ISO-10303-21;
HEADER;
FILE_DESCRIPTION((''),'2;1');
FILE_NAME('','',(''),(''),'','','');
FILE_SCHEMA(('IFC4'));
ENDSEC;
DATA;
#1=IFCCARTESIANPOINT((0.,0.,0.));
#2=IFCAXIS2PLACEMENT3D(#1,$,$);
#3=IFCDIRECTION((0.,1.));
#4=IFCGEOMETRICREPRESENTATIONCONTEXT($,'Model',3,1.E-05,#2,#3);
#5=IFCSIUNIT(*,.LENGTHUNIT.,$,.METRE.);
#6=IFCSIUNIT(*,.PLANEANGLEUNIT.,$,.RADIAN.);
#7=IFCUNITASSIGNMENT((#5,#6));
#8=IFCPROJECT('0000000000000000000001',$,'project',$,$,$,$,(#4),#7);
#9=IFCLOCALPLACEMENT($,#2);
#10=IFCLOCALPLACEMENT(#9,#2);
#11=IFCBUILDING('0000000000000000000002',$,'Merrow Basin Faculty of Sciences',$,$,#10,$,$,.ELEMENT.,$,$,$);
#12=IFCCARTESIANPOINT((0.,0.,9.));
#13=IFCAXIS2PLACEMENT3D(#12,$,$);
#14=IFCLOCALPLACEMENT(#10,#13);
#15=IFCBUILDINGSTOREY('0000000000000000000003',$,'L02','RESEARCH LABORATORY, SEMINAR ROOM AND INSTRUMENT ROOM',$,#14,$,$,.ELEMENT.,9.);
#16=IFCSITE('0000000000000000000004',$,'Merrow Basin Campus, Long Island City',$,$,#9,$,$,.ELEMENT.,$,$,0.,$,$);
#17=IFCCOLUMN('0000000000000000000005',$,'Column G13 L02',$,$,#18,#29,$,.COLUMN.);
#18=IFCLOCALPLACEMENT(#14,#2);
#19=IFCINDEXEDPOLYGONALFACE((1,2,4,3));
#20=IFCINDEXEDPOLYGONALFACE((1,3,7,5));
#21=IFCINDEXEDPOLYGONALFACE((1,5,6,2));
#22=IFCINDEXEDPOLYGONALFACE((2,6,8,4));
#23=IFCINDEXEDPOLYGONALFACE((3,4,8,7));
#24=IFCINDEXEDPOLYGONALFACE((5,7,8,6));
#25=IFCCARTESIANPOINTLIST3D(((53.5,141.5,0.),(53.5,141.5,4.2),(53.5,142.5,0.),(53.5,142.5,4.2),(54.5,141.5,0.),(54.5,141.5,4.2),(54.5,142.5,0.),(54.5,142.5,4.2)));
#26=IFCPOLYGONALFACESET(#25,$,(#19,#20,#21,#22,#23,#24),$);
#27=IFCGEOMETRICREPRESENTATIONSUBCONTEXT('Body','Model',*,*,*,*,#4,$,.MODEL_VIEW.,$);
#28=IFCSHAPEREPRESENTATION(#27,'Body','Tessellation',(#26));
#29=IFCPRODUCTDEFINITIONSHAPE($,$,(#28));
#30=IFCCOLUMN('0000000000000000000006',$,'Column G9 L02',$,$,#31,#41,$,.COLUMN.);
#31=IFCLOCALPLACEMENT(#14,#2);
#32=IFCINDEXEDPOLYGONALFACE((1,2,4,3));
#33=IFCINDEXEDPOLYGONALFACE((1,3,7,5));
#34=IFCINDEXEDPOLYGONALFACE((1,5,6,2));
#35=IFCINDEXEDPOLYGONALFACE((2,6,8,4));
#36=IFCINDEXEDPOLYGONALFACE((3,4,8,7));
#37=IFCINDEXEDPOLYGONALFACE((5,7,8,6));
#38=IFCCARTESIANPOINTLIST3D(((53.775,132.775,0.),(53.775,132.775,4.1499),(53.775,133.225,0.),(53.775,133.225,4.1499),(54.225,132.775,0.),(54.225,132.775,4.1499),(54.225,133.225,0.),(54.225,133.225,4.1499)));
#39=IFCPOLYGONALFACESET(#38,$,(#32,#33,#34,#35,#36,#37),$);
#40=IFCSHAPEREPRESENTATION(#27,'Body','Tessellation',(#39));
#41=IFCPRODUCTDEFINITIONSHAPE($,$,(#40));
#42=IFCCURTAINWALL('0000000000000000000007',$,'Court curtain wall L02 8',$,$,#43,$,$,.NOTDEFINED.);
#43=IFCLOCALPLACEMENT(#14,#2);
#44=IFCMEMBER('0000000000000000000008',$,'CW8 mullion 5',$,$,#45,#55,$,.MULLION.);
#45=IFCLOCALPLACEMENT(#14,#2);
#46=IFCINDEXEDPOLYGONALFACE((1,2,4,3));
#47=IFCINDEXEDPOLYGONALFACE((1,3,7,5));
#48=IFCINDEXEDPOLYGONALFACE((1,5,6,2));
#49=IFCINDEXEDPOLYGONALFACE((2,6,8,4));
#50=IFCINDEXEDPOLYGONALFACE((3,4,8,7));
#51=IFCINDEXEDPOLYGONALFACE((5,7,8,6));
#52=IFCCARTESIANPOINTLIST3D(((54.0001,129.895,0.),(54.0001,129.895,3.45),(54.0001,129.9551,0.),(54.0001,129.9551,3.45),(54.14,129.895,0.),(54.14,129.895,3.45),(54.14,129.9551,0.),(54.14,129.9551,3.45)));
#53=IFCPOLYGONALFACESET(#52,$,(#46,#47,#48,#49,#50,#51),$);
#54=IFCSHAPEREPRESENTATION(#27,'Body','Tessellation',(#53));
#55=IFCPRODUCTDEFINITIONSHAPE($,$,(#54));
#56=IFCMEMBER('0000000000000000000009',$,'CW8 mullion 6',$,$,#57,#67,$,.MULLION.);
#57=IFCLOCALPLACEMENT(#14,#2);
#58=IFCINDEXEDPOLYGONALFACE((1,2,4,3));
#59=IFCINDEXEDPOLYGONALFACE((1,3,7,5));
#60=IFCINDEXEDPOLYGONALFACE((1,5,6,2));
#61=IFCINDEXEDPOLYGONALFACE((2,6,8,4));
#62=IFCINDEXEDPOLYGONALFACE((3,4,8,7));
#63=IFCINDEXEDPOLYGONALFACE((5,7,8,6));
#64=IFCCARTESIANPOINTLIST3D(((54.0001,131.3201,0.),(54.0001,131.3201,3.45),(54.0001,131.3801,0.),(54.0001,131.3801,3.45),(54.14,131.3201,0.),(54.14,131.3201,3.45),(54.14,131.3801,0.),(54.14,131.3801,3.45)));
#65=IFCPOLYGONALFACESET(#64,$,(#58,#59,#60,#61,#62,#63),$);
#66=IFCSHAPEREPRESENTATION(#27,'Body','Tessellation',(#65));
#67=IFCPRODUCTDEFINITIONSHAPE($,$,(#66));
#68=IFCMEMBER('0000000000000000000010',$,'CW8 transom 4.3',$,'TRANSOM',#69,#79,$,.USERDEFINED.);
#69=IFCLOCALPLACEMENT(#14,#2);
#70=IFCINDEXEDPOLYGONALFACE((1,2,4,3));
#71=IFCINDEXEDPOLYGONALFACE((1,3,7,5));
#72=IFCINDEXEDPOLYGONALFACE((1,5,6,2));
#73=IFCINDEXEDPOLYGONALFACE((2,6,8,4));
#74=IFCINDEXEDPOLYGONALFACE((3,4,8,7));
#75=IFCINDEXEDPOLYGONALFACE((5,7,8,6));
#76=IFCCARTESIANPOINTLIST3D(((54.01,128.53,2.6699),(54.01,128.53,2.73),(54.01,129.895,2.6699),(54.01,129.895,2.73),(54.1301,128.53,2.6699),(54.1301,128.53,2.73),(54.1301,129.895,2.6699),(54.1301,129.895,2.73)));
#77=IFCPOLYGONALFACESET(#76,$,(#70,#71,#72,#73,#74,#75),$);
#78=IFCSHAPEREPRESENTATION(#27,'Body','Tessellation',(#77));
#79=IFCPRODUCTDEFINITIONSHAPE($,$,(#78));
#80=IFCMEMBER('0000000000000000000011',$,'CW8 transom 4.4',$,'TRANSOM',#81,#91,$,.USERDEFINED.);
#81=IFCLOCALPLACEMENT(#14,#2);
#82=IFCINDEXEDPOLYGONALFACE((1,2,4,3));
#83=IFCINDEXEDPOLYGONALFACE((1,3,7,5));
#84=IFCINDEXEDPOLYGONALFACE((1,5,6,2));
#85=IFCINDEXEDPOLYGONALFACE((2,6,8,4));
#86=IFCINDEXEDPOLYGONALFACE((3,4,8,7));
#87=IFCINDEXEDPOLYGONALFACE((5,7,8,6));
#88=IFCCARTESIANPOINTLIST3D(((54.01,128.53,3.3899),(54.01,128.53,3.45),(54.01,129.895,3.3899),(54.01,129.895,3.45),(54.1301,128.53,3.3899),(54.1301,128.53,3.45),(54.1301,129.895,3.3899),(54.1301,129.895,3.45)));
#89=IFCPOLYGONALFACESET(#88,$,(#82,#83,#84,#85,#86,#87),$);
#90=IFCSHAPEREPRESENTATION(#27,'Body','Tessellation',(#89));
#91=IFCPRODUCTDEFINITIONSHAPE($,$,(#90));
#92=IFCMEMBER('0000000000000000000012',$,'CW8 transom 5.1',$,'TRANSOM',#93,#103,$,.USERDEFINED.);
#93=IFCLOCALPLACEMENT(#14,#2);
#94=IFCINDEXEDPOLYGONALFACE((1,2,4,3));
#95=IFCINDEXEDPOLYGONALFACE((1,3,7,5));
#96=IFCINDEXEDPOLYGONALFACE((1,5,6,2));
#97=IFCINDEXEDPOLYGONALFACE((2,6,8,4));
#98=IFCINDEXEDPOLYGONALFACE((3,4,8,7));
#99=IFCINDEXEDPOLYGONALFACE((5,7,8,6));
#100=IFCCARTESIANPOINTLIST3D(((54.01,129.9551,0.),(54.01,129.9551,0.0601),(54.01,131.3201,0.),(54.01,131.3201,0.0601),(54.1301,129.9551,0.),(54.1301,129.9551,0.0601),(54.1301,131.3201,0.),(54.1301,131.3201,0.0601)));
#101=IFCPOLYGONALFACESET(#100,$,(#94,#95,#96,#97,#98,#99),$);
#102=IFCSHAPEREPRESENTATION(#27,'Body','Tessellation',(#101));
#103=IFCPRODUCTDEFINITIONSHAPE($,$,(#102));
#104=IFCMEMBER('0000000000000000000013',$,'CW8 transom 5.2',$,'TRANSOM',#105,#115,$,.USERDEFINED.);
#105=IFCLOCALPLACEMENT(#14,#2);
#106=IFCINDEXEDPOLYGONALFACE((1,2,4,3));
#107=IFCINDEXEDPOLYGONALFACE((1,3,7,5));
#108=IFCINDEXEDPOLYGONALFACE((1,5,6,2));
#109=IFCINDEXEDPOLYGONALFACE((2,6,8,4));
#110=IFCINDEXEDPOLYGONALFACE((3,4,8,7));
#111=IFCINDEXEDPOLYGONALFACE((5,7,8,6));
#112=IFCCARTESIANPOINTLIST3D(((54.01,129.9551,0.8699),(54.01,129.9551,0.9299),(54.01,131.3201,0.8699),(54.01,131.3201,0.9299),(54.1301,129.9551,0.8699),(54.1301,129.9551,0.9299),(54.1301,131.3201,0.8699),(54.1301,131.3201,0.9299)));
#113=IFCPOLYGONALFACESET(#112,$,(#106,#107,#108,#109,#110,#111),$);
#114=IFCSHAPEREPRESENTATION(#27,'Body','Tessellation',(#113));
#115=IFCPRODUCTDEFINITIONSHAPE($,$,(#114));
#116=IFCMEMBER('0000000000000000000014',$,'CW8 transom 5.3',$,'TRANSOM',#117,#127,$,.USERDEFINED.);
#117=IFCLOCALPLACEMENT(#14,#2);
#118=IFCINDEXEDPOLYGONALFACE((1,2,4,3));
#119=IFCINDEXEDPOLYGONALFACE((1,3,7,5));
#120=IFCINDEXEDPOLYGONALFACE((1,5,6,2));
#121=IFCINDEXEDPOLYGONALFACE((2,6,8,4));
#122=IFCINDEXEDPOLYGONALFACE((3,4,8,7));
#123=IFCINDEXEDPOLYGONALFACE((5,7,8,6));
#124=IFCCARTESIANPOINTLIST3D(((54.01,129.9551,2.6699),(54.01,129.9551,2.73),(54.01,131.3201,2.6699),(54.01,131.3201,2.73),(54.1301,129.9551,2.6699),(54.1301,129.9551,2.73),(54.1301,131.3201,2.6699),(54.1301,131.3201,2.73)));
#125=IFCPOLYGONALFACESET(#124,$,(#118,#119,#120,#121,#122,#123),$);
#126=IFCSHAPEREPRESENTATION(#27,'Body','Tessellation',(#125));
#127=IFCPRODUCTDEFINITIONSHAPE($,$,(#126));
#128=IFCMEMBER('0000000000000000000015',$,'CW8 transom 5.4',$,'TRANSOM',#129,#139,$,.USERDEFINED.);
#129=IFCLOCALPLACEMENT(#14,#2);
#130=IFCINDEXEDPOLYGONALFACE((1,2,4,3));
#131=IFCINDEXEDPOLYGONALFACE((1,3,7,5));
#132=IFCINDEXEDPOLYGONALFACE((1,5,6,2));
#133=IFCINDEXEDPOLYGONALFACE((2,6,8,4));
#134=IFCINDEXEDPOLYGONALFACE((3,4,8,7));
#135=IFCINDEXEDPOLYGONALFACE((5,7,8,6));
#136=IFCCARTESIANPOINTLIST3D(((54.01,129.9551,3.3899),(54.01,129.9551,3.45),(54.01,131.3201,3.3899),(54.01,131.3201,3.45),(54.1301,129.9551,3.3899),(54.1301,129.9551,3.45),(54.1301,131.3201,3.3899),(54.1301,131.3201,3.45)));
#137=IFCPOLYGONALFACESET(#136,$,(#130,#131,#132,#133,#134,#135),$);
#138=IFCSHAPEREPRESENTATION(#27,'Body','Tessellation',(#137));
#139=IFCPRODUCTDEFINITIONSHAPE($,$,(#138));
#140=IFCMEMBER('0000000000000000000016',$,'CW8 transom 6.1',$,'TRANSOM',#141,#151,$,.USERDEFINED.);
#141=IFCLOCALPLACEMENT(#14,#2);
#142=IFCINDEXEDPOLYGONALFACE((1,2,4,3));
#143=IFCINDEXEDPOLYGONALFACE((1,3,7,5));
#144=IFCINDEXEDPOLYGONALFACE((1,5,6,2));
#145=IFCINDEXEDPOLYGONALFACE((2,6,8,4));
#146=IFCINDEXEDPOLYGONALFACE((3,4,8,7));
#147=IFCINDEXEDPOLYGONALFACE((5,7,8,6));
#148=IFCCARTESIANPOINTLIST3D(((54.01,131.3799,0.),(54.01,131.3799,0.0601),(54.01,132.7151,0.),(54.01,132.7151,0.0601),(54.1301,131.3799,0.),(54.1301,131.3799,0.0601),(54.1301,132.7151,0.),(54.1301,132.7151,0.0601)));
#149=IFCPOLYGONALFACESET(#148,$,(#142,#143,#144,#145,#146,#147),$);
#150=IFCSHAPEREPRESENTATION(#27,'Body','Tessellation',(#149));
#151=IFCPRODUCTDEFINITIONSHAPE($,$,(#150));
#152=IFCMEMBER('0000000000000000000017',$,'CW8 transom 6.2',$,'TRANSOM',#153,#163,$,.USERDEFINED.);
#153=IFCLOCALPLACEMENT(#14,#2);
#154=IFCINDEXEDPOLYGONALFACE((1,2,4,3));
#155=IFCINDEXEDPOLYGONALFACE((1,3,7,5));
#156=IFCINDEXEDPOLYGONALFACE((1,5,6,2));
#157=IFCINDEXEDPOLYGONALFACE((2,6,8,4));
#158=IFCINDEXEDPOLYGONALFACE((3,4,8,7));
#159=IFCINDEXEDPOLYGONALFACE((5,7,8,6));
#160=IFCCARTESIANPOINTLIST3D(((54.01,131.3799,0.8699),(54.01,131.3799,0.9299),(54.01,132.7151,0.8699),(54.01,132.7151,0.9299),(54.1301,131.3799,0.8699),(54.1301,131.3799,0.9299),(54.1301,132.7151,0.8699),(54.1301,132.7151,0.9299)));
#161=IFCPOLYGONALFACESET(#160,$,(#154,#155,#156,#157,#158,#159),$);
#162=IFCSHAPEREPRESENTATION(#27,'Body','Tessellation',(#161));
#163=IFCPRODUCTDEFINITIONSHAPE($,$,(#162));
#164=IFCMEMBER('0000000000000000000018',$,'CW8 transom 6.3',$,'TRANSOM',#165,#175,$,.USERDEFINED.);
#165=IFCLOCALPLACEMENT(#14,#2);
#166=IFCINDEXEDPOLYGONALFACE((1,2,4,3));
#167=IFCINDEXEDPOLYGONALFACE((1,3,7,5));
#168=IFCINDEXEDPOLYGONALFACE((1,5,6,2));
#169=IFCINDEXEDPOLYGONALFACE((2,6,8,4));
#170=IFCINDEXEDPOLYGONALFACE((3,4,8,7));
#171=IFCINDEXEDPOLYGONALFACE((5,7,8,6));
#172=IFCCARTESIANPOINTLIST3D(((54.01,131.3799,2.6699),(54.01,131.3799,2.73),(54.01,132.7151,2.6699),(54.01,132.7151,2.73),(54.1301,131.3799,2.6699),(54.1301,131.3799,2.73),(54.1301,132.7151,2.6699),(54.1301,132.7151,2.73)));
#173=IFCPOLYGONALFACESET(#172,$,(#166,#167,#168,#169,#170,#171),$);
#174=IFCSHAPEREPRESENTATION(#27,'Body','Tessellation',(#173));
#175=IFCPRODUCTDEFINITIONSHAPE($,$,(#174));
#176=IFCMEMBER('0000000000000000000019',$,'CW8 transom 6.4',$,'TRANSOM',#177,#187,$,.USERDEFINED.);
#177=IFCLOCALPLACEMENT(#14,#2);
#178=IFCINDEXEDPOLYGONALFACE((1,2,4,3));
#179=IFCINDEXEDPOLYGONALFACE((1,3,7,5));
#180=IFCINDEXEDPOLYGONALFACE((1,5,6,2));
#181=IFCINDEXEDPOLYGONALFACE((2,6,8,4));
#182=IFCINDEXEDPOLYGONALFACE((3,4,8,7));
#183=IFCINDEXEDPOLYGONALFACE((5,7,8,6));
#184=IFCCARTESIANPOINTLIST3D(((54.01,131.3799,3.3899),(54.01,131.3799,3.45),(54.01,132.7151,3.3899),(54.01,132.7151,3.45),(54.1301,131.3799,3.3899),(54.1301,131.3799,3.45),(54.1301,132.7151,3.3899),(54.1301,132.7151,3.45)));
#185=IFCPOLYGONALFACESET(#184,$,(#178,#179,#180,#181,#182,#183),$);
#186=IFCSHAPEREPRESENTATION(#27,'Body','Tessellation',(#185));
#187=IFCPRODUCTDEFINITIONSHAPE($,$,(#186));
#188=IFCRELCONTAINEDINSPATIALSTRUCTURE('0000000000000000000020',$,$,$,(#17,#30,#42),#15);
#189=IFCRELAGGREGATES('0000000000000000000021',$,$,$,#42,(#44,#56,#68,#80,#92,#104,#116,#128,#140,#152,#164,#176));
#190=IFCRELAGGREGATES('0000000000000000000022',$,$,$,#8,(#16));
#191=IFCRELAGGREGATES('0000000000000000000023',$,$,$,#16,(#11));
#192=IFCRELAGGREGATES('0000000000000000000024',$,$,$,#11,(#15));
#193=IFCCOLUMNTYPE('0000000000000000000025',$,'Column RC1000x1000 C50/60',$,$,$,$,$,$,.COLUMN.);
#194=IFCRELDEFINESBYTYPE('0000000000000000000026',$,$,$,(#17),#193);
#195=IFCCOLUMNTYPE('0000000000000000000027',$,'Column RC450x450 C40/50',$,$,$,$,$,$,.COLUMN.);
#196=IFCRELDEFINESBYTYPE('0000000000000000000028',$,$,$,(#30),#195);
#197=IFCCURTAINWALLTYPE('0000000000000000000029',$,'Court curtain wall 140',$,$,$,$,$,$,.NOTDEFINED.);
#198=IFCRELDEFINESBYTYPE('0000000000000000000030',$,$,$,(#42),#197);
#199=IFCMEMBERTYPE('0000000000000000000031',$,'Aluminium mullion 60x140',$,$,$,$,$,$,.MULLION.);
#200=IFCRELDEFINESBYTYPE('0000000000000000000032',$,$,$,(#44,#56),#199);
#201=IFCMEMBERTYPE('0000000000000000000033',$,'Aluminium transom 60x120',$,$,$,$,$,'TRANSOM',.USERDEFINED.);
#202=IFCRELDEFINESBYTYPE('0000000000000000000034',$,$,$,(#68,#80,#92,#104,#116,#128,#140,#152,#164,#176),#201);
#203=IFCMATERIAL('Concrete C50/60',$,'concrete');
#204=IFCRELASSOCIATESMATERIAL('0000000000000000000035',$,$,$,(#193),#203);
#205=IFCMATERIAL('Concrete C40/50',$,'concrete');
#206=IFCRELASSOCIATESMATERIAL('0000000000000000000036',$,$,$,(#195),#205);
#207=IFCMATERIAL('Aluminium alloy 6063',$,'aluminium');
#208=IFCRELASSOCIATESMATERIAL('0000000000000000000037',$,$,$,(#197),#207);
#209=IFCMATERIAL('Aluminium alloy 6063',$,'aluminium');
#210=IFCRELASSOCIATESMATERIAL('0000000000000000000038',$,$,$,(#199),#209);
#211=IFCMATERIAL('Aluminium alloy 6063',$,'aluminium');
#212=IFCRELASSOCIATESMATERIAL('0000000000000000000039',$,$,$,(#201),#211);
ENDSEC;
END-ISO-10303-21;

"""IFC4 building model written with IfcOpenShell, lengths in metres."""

from ifc_helpers import new_model, si_unit, direction, frame, origin, origin_2d, place, context, subcontext, project, spatial, rectangle, extrude, material, material_profile, profile_set, type_object, element, aggregate, save


model = new_model("IFC4")

# Units and contexts
model_context = context("Model", 3, precision=1e-05, world=origin(), true_north=direction((0.0, 1.0)))
body_context = subcontext(model_context, "Body", "Model", "MODEL_VIEW")
ifc_project = project(units=[si_unit("LENGTHUNIT", "METRE"), si_unit("PLANEANGLEUNIT", "RADIAN")], contexts=[model_context])

# Site, building, storey
site_placement = place(None, origin())
site = spatial("IfcSite", under=ifc_project, at=site_placement, Name="Merrow Basin Campus, Long Island City", CompositionType="ELEMENT", RefElevation=0.0)
building_placement = place(site_placement, origin())
building = spatial("IfcBuilding", under=site, at=building_placement, Name="Merrow Basin Faculty of Sciences", CompositionType="ELEMENT")
storey_placement = place(building_placement, frame((0.0, 0.0, 9.0)))
storey = spatial("IfcBuildingStorey", under=building, at=storey_placement, Name="L02", Description="RESEARCH LABORATORY, SEMINAR ROOM AND INSTRUMENT ROOM", CompositionType="ELEMENT", Elevation=9.0)

# Columns
ifc_material_1 = material(Name="Concrete C50/60", Category="concrete")
ifc_material_profile_1 = material_profile(ifc_material_1, rectangle(XDim=1.0, YDim=1.0, at=origin_2d()))
ifc_profile_set_1 = profile_set([ifc_material_profile_1], Name="Concrete C50/60")
column_type_1 = type_object("IfcColumnType", Name="Column RC1000x1000 C50/60", PredefinedType="COLUMN", material=ifc_profile_set_1)
column_1_placement = place(storey_placement, frame((54.0, 142.0, 0.0), z_axis=(0.0, 0.0, 1.0), x_axis=(1.0, 0.0, 0.0)))
element("IfcColumn", 1, at=column_1_placement, inside=storey, type_object=column_type_1, Name="Column G13 L02", PredefinedType="COLUMN", context=body_context, shape_type="SweptSolid", body=[
    extrude(rectangle(XDim=1.0, YDim=1.0, at=origin_2d()), origin(), (0.0, 0.0, 1.0), 4.2),
])
ifc_material_2 = material(Name="Concrete C40/50", Category="concrete")
ifc_material_profile_2 = material_profile(ifc_material_2, rectangle(XDim=0.45, YDim=0.45, at=origin_2d()))
ifc_profile_set_2 = profile_set([ifc_material_profile_2], Name="Concrete C40/50")
column_type_2 = type_object("IfcColumnType", Name="Column RC450x450 C40/50", PredefinedType="COLUMN", material=ifc_profile_set_2)
column_2_placement = place(storey_placement, frame((54.0, 133.0, 0.0), z_axis=(0.0, 0.0, 1.0), x_axis=(1.0, 0.0, 0.0)))
element("IfcColumn", 2, at=column_2_placement, inside=storey, type_object=column_type_2, Name="Column G9 L02", PredefinedType="COLUMN", context=body_context, shape_type="SweptSolid", body=[
    extrude(rectangle(XDim=0.45, YDim=0.45, at=origin_2d()), origin(), (0.0, 0.0, 1.0), 4.1499),
])

# Curtain wall, members
ifc_material_3 = material(Name="Aluminium alloy 6063", Category="aluminium")
curtain_wall_type = type_object("IfcCurtainWallType", Name="Court curtain wall 140", PredefinedType="NOTDEFINED", material=ifc_material_3)
curtain_wall_placement = place(storey_placement, origin())
curtain_wall = element("IfcCurtainWall", 3, at=curtain_wall_placement, inside=storey, type_object=curtain_wall_type, Name="Court curtain wall L02 8", PredefinedType="NOTDEFINED")
ifc_material_4 = material(Name="Aluminium alloy 6063", Category="aluminium")
ifc_material_profile_3 = material_profile(ifc_material_4, rectangle(XDim=0.1399, YDim=0.0601, at=origin_2d()))
ifc_profile_set_3 = profile_set([ifc_material_profile_3], Name="Aluminium alloy 6063")
member_type_1 = type_object("IfcMemberType", Name="Aluminium mullion 60x140", PredefinedType="MULLION", material=ifc_profile_set_3)
member_1_placement = place(storey_placement, frame((54.0701, 129.925, 0.0), z_axis=(0.0, 0.0, 1.0), x_axis=(-1.0, 0.0, 0.0)))
member_1 = element("IfcMember", 4, at=member_1_placement, type_object=member_type_1, Name="CW8 mullion 5", PredefinedType="MULLION", context=body_context, shape_type="SweptSolid", body=[
    extrude(rectangle(XDim=0.1399, YDim=0.0601, at=origin_2d()), origin(), (0.0, 0.0, 1.0), 3.45),
])
member_2_placement = place(storey_placement, frame((54.0701, 131.3501, 0.0), z_axis=(0.0, 0.0, 1.0), x_axis=(-1.0, 0.0, 0.0)))
member_2 = element("IfcMember", 5, at=member_2_placement, type_object=member_type_1, Name="CW8 mullion 6", PredefinedType="MULLION", context=body_context, shape_type="SweptSolid", body=[
    extrude(rectangle(XDim=0.1399, YDim=0.0601, at=origin_2d()), origin(), (0.0, 0.0, 1.0), 3.45),
])
ifc_material_5 = material(Name="Aluminium alloy 6063", Category="aluminium")
ifc_material_profile_4 = material_profile(ifc_material_5, rectangle(XDim=0.1201, YDim=0.0601, at=origin_2d()))
ifc_profile_set_4 = profile_set([ifc_material_profile_4], Name="Aluminium alloy 6063")
member_type_2 = type_object("IfcMemberType", Name="Aluminium transom 60x120", ElementType="TRANSOM", PredefinedType="USERDEFINED", material=ifc_profile_set_4)
member_3_placement = place(storey_placement, frame((54.0701, 128.53, 2.7), z_axis=(0.0, 1.0, 0.0), x_axis=(-1.0, 0.0, 0.0)))
member_3 = element("IfcMember", 6, at=member_3_placement, type_object=member_type_2, Name="CW8 transom 4.3", ObjectType="TRANSOM", PredefinedType="USERDEFINED", context=body_context, shape_type="SweptSolid", body=[
    extrude(rectangle(XDim=0.1201, YDim=0.0601, at=origin_2d()), origin(), (0.0, 0.0, 1.0), 1.365),
])
member_4_placement = place(storey_placement, frame((54.0701, 128.53, 3.4199), z_axis=(0.0, 1.0, 0.0), x_axis=(-1.0, 0.0, 0.0)))
member_4 = element("IfcMember", 7, at=member_4_placement, type_object=member_type_2, Name="CW8 transom 4.4", ObjectType="TRANSOM", PredefinedType="USERDEFINED", context=body_context, shape_type="SweptSolid", body=[
    extrude(rectangle(XDim=0.1201, YDim=0.0601, at=origin_2d()), origin(), (0.0, 0.0, 1.0), 1.365),
])
member_5_placement = place(storey_placement, frame((54.0701, 129.9551, 0.03), z_axis=(0.0, 1.0, 0.0), x_axis=(-1.0, 0.0, 0.0)))
member_5 = element("IfcMember", 8, at=member_5_placement, type_object=member_type_2, Name="CW8 transom 5.1", ObjectType="TRANSOM", PredefinedType="USERDEFINED", context=body_context, shape_type="SweptSolid", body=[
    extrude(rectangle(XDim=0.1201, YDim=0.0601, at=origin_2d()), origin(), (0.0, 0.0, 1.0), 1.365),
])
member_6_placement = place(storey_placement, frame((54.0701, 129.9551, 0.8999), z_axis=(0.0, 1.0, 0.0), x_axis=(-1.0, 0.0, 0.0)))
member_6 = element("IfcMember", 9, at=member_6_placement, type_object=member_type_2, Name="CW8 transom 5.2", ObjectType="TRANSOM", PredefinedType="USERDEFINED", context=body_context, shape_type="SweptSolid", body=[
    extrude(rectangle(XDim=0.1201, YDim=0.0601, at=origin_2d()), origin(), (0.0, 0.0, 1.0), 1.365),
])
member_7_placement = place(storey_placement, frame((54.0701, 129.9551, 2.7), z_axis=(0.0, 1.0, 0.0), x_axis=(-1.0, 0.0, 0.0)))
member_7 = element("IfcMember", 10, at=member_7_placement, type_object=member_type_2, Name="CW8 transom 5.3", ObjectType="TRANSOM", PredefinedType="USERDEFINED", context=body_context, shape_type="SweptSolid", body=[
    extrude(rectangle(XDim=0.1201, YDim=0.0601, at=origin_2d()), origin(), (0.0, 0.0, 1.0), 1.365),
])
member_8_placement = place(storey_placement, frame((54.0701, 129.9551, 3.4199), z_axis=(0.0, 1.0, 0.0), x_axis=(-1.0, 0.0, 0.0)))
member_8 = element("IfcMember", 11, at=member_8_placement, type_object=member_type_2, Name="CW8 transom 5.4", ObjectType="TRANSOM", PredefinedType="USERDEFINED", context=body_context, shape_type="SweptSolid", body=[
    extrude(rectangle(XDim=0.1201, YDim=0.0601, at=origin_2d()), origin(), (0.0, 0.0, 1.0), 1.365),
])
member_9_placement = place(storey_placement, frame((54.0701, 131.3799, 0.03), z_axis=(0.0, 1.0, 0.0), x_axis=(-1.0, 0.0, 0.0)))
member_9 = element("IfcMember", 12, at=member_9_placement, type_object=member_type_2, Name="CW8 transom 6.1", ObjectType="TRANSOM", PredefinedType="USERDEFINED", context=body_context, shape_type="SweptSolid", body=[
    extrude(rectangle(XDim=0.1201, YDim=0.0601, at=origin_2d()), origin(), (0.0, 0.0, 1.0), 1.3352),
])
member_10_placement = place(storey_placement, frame((54.0701, 131.3799, 0.8999), z_axis=(0.0, 1.0, 0.0), x_axis=(-1.0, 0.0, 0.0)))
member_10 = element("IfcMember", 13, at=member_10_placement, type_object=member_type_2, Name="CW8 transom 6.2", ObjectType="TRANSOM", PredefinedType="USERDEFINED", context=body_context, shape_type="SweptSolid", body=[
    extrude(rectangle(XDim=0.1201, YDim=0.0601, at=origin_2d()), origin(), (0.0, 0.0, 1.0), 1.3352),
])
member_11_placement = place(storey_placement, frame((54.0701, 131.3799, 2.7), z_axis=(0.0, 1.0, 0.0), x_axis=(-1.0, 0.0, 0.0)))
member_11 = element("IfcMember", 14, at=member_11_placement, type_object=member_type_2, Name="CW8 transom 6.3", ObjectType="TRANSOM", PredefinedType="USERDEFINED", context=body_context, shape_type="SweptSolid", body=[
    extrude(rectangle(XDim=0.1201, YDim=0.0601, at=origin_2d()), origin(), (0.0, 0.0, 1.0), 1.3352),
])
member_12_placement = place(storey_placement, frame((54.0701, 131.3799, 3.4199), z_axis=(0.0, 1.0, 0.0), x_axis=(-1.0, 0.0, 0.0)))
member_12 = element("IfcMember", 15, at=member_12_placement, type_object=member_type_2, Name="CW8 transom 6.4", ObjectType="TRANSOM", PredefinedType="USERDEFINED", context=body_context, shape_type="SweptSolid", body=[
    extrude(rectangle(XDim=0.1201, YDim=0.0601, at=origin_2d()), origin(), (0.0, 0.0, 1.0), 1.3352),
])
aggregate(curtain_wall, [member_1, member_2, member_3, member_4, member_5, member_6, member_7, member_8, member_9, member_10, member_11, member_12])

save(model, "model.ifc")
